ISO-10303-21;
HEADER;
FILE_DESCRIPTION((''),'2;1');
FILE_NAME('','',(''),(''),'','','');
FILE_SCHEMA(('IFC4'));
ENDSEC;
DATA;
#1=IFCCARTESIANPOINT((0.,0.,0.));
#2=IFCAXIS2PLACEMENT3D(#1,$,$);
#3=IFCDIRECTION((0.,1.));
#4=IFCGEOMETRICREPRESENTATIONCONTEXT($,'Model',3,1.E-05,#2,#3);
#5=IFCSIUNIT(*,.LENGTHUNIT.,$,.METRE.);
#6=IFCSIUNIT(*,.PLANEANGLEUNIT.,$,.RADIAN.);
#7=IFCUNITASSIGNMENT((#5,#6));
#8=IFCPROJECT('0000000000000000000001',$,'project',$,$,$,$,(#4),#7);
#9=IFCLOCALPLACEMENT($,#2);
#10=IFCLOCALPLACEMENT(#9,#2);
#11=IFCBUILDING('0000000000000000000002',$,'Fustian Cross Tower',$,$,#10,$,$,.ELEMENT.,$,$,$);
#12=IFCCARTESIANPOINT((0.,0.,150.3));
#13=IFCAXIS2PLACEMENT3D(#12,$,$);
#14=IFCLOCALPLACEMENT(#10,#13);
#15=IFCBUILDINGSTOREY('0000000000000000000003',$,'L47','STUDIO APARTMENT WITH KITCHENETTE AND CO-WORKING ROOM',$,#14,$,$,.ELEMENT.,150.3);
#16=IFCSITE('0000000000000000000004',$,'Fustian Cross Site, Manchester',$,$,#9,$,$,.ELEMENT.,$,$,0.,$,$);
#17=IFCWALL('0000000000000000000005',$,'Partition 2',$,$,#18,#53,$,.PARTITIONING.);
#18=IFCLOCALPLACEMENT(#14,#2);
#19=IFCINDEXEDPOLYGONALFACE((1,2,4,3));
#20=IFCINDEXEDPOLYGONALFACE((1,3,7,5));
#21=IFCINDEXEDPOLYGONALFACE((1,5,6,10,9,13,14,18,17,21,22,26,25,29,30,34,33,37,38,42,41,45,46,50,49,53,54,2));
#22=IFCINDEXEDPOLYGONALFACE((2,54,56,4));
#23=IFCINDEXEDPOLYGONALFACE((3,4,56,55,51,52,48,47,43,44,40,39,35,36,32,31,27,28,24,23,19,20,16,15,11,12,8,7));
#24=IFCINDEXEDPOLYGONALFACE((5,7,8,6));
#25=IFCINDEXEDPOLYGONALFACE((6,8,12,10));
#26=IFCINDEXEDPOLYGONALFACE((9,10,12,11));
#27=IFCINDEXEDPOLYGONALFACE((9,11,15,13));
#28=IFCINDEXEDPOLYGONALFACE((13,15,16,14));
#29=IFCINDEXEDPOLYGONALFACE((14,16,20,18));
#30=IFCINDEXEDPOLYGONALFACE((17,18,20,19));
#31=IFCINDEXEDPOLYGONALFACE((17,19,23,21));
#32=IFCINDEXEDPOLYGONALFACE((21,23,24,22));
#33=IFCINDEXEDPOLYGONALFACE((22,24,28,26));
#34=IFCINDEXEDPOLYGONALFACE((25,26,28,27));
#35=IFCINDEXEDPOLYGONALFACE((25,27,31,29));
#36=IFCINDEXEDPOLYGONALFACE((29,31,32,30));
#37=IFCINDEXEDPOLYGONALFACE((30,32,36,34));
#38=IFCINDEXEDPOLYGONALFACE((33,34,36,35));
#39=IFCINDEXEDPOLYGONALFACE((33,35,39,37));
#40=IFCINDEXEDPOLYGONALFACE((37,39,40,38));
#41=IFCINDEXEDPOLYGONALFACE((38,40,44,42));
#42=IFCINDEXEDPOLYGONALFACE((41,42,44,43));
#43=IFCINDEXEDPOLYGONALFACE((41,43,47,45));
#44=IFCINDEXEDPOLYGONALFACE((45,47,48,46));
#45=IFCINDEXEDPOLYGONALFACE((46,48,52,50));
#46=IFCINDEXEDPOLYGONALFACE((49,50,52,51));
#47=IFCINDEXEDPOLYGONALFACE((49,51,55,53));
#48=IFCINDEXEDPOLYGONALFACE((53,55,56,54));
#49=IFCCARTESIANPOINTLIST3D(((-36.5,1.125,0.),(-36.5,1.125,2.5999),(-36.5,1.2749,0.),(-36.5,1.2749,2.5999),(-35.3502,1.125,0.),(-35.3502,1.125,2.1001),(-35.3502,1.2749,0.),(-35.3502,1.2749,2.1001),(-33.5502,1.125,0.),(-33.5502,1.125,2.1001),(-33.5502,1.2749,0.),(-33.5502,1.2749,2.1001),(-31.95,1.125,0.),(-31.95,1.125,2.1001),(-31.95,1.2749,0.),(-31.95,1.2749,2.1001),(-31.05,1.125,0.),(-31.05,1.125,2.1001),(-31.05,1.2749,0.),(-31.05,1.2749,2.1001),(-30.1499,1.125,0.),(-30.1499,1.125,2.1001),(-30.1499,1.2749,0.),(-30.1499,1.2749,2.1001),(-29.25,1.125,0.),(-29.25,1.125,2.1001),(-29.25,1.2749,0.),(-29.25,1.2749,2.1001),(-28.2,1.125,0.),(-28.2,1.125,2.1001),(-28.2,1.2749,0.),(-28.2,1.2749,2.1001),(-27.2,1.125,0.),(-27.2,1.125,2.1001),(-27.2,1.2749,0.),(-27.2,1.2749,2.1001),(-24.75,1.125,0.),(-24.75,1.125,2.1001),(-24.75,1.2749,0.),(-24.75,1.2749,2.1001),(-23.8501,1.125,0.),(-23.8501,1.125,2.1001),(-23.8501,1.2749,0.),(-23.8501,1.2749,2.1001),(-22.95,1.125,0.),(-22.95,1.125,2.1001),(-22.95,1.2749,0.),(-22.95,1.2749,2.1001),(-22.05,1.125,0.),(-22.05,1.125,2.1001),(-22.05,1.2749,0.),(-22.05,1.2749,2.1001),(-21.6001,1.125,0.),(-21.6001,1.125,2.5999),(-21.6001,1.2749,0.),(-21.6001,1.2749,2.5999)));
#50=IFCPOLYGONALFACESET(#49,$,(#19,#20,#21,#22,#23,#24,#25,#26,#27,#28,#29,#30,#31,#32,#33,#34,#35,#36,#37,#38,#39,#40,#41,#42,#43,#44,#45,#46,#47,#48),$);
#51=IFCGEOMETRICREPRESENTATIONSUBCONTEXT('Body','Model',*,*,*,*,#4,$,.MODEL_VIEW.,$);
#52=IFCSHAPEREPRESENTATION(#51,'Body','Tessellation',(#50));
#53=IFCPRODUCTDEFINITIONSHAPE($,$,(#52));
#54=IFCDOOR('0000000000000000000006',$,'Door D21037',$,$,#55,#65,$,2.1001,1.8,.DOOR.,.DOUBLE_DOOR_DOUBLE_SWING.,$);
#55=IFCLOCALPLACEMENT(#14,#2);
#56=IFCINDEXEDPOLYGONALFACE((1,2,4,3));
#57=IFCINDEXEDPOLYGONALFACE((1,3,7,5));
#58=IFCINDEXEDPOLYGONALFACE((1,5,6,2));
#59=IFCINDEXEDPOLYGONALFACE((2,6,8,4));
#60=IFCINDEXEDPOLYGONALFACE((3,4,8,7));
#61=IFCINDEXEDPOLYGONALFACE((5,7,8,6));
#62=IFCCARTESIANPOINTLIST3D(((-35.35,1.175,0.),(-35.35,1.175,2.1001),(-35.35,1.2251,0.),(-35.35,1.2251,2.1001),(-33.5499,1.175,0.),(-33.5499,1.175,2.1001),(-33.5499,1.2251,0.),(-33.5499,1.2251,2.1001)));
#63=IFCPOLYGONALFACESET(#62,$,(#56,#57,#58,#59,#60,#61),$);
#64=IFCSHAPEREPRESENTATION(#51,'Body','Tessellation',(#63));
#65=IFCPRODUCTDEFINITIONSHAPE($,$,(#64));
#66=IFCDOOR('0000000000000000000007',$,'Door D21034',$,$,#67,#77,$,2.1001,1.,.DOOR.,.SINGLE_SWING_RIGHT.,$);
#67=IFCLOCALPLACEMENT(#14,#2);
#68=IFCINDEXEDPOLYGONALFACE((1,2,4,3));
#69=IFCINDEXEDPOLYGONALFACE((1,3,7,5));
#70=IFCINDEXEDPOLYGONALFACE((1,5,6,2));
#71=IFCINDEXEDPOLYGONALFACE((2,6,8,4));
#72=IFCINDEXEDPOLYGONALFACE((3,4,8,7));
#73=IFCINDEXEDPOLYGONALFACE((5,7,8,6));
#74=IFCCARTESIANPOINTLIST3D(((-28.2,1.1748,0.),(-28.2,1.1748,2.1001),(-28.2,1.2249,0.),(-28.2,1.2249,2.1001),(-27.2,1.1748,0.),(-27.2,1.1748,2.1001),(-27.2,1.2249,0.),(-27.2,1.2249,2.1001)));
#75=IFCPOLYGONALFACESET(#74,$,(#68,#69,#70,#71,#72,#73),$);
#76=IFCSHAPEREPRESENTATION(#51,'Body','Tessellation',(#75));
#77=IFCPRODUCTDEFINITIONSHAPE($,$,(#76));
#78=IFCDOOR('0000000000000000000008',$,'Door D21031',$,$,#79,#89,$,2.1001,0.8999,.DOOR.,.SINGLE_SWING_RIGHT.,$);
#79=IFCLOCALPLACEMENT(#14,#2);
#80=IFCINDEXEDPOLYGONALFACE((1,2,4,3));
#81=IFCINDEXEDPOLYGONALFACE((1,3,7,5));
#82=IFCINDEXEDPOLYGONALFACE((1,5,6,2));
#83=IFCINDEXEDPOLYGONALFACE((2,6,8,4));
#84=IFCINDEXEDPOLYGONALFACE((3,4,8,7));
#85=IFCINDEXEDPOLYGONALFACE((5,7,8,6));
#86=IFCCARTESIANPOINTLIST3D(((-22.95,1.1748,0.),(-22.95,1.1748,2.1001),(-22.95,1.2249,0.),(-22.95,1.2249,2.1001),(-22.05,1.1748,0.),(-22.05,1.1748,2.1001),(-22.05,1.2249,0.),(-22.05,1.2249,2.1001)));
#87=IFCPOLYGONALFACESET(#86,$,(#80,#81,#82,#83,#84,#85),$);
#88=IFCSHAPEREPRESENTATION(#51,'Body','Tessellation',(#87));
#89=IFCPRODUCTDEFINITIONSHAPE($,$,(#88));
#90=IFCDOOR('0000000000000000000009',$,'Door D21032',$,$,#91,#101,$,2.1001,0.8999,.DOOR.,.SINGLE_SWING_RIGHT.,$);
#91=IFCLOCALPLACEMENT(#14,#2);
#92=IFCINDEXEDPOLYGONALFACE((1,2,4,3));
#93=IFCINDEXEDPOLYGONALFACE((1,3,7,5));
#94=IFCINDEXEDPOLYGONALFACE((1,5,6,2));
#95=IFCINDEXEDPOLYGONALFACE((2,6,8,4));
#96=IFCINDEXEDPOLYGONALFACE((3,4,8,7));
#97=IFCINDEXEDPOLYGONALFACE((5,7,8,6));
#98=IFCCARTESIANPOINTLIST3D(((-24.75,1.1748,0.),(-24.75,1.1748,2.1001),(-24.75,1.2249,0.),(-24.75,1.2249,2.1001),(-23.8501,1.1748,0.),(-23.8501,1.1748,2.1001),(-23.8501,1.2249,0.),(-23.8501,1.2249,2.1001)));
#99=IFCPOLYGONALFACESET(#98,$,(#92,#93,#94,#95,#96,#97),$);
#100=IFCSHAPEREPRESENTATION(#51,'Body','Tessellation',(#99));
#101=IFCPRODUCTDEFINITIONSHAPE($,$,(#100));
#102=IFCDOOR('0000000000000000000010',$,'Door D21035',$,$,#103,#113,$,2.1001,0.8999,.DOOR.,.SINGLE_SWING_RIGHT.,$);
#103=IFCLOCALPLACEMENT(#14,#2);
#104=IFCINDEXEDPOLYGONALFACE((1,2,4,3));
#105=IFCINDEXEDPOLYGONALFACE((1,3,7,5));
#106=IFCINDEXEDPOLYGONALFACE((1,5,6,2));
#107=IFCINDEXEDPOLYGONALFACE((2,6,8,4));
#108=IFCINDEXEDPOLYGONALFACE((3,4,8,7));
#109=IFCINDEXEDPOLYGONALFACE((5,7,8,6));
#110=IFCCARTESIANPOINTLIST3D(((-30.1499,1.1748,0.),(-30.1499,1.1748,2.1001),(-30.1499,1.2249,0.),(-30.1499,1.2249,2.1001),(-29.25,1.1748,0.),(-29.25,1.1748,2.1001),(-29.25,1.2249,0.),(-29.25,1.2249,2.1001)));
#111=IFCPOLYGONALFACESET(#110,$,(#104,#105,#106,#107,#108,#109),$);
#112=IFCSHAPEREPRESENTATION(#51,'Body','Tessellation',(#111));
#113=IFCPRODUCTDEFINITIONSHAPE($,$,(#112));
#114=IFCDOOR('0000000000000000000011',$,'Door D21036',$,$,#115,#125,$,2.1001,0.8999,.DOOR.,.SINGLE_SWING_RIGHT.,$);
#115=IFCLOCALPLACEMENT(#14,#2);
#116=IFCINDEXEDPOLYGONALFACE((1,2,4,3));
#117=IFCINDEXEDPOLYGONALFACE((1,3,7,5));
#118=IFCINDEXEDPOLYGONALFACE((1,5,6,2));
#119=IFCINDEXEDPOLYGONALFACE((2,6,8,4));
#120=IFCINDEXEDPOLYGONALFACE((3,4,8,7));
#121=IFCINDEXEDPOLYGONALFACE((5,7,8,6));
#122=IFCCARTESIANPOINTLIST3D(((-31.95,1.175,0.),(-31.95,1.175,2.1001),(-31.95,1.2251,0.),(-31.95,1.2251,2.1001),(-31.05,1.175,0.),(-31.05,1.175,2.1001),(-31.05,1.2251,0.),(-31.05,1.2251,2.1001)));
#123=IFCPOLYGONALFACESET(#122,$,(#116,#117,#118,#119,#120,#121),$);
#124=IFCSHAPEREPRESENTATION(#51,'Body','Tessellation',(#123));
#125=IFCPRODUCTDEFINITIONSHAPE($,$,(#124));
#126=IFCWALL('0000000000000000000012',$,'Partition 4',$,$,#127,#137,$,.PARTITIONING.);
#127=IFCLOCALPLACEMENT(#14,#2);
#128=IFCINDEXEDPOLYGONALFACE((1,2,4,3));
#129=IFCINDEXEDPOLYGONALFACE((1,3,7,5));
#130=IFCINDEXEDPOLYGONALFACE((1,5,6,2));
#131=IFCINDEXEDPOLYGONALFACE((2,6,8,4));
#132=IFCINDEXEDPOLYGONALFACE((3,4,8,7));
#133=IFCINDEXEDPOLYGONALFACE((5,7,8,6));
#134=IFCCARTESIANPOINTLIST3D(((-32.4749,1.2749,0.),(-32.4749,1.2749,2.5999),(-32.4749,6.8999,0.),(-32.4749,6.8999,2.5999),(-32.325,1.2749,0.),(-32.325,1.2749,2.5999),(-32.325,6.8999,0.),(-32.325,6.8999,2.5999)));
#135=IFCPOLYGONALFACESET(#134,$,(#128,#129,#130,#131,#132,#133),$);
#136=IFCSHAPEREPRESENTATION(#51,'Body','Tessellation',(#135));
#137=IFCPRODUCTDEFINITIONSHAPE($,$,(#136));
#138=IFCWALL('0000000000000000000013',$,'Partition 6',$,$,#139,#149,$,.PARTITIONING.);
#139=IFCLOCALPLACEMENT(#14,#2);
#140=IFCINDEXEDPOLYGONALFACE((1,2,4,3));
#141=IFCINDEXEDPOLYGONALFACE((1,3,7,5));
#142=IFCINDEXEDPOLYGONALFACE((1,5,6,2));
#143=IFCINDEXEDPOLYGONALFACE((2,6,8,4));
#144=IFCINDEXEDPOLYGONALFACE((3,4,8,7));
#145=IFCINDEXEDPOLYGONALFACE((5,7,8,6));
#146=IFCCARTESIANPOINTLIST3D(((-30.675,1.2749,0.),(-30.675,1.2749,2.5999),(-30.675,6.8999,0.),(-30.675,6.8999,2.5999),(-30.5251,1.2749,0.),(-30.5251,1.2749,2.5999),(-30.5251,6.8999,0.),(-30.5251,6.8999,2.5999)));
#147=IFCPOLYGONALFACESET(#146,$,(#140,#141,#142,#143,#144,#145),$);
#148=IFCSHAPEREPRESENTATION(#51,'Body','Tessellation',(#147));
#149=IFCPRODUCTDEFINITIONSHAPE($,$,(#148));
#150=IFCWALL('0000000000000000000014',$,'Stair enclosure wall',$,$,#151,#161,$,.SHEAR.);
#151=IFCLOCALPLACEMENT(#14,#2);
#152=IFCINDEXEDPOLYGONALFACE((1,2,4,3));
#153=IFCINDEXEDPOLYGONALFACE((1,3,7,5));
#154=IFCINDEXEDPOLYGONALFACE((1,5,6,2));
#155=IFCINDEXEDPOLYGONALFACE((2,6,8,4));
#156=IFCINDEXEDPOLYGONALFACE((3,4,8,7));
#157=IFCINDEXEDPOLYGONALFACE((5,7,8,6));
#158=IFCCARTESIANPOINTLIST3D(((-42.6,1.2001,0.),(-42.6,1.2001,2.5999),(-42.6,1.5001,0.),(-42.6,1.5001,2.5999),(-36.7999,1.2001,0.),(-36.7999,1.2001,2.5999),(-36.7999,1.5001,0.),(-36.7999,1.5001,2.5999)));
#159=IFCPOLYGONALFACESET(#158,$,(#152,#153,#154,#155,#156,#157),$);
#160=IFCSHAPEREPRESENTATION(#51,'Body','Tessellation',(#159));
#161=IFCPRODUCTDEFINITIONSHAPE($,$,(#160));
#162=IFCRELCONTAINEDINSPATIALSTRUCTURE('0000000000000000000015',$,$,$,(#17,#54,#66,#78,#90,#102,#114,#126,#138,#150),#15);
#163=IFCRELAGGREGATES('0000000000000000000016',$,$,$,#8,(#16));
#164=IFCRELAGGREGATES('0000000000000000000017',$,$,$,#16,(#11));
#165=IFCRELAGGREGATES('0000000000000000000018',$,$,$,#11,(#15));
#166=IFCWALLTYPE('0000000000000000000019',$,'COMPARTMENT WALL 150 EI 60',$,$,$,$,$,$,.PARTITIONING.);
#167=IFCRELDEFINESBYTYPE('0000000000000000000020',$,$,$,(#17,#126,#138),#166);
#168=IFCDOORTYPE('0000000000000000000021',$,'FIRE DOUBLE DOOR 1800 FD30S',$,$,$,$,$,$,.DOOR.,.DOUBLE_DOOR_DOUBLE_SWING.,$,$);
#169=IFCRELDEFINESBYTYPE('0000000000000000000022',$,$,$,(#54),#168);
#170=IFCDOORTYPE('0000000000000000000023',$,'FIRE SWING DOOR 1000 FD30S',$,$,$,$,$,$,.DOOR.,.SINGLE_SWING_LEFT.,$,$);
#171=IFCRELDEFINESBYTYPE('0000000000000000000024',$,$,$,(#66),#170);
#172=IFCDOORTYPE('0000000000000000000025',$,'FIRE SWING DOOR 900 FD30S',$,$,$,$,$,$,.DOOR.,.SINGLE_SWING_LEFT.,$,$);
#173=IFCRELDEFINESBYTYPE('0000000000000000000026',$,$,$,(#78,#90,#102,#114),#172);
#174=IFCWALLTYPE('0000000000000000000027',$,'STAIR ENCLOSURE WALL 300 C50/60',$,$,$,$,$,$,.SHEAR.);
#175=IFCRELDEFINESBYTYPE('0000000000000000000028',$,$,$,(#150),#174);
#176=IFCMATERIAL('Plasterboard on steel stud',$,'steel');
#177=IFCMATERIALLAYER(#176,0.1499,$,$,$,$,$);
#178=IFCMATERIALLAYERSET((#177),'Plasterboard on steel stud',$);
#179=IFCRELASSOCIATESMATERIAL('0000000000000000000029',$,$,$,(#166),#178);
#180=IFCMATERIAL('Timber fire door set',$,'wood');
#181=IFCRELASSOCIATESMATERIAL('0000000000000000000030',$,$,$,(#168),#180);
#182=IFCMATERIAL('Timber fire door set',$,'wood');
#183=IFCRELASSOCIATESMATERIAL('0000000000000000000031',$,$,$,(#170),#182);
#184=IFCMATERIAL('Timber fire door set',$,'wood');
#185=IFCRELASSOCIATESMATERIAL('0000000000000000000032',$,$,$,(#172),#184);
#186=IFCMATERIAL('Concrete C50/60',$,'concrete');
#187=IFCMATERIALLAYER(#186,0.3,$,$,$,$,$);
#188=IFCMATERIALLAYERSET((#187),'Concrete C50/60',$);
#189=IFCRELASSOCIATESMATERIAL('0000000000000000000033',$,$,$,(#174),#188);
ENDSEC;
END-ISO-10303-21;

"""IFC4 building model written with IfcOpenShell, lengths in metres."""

from ifc_helpers import new_model, si_unit, direction, frame, frame_2d, origin, place, context, subcontext, project, spatial, rectangle, extrude, material, layer, layer_set, type_object, element, fill, save


model = new_model("IFC4")

# Units and contexts
model_context = context("Model", 3, precision=1e-05, world=origin(), true_north=direction((0.0, 1.0)))
body_context = subcontext(model_context, "Body", "Model", "MODEL_VIEW")
ifc_project = project(units=[si_unit("LENGTHUNIT", "METRE"), si_unit("PLANEANGLEUNIT", "RADIAN")], contexts=[model_context])

# Site, building, storey
site_placement = place(None, origin())
site = spatial("IfcSite", under=ifc_project, at=site_placement, Name="Fustian Cross Site, Manchester", CompositionType="ELEMENT", RefElevation=0.0)
building_placement = place(site_placement, origin())
building = spatial("IfcBuilding", under=site, at=building_placement, Name="Fustian Cross Tower", CompositionType="ELEMENT")
storey_placement = place(building_placement, frame((0.0, 0.0, 150.3)))
storey = spatial("IfcBuildingStorey", under=building, at=storey_placement, Name="L47", Description="STUDIO APARTMENT WITH KITCHENETTE AND CO-WORKING ROOM", CompositionType="ELEMENT", Elevation=150.3)

# Wall, openings, doors
ifc_material_1 = material(Name="Plasterboard on steel stud", Category="steel")
ifc_layer_1 = layer(ifc_material_1, 0.1499)
ifc_layer_set_1 = layer_set([ifc_layer_1], Name="Plasterboard on steel stud")
wall_type_1 = type_object("IfcWallType", Name="COMPARTMENT WALL 150 EI 60", PredefinedType="PARTITIONING", material=ifc_layer_set_1)
ifc_material_2 = material(Name="Timber fire door set", Category="wood")
door_type_1 = type_object("IfcDoorType", Name="FIRE DOUBLE DOOR 1800 FD30S", OperationType="DOUBLE_DOOR_DOUBLE_SWING", PredefinedType="DOOR", material=ifc_material_2)
ifc_material_3 = material(Name="Timber fire door set", Category="wood")
door_type_2 = type_object("IfcDoorType", Name="FIRE SWING DOOR 1000 FD30S", OperationType="SINGLE_SWING_LEFT", PredefinedType="DOOR", material=ifc_material_3)
ifc_material_4 = material(Name="Timber fire door set", Category="wood")
door_type_3 = type_object("IfcDoorType", Name="FIRE SWING DOOR 900 FD30S", OperationType="SINGLE_SWING_LEFT", PredefinedType="DOOR", material=ifc_material_4)
wall_1_placement = place(storey_placement, frame((-36.5, 1.2, 0.0), z_axis=(0.0, 0.0, 1.0), x_axis=(1.0, 0.0, 0.0)))
wall_1 = element("IfcWall", 1, at=wall_1_placement, inside=storey, type_object=wall_type_1, Name="Partition 2", PredefinedType="PARTITIONING", context=body_context, shape_type="SweptSolid", body=[
    extrude(rectangle(XDim=14.8999, YDim=0.1499, at=frame_2d((7.45, 0.0))), origin(), (0.0, 0.0, 1.0), 2.5999),
])
opening_1_placement = place(wall_1_placement, frame((13.55, 0.0, 0.0)))
opening_1 = element("IfcOpeningElement", 2, at=opening_1_placement, cuts=wall_1, PredefinedType="OPENING", context=body_context, shape_type="SweptSolid", body=[
    extrude(rectangle(XDim=0.8999, YDim=2.1001, at=frame_2d((0.45, 1.05))), frame((0.0, 0.085, 0.0), z_axis=(0.0, -1.0, 0.0), x_axis=(1.0, 0.0, 0.0)), (0.0, 0.0, 1.0), 0.1699),
])
opening_2_placement = place(wall_1_placement, frame((11.75, 0.0, 0.0)))
opening_2 = element("IfcOpeningElement", 3, at=opening_2_placement, cuts=wall_1, PredefinedType="OPENING", context=body_context, shape_type="SweptSolid", body=[
    extrude(rectangle(XDim=0.8999, YDim=2.1001, at=frame_2d((0.45, 1.05))), frame((0.0, 0.085, 0.0), z_axis=(0.0, -1.0, 0.0), x_axis=(1.0, 0.0, 0.0)), (0.0, 0.0, 1.0), 0.1699),
])
opening_3_placement = place(wall_1_placement, frame((8.3, 0.0, 0.0)))
opening_3 = element("IfcOpeningElement", 4, at=opening_3_placement, cuts=wall_1, PredefinedType="OPENING", context=body_context, shape_type="SweptSolid", body=[
    extrude(rectangle(XDim=1.0, YDim=2.1001, at=frame_2d((0.5, 1.05))), frame((0.0, 0.085, 0.0), z_axis=(0.0, -1.0, 0.0), x_axis=(1.0, 0.0, 0.0)), (0.0, 0.0, 1.0), 0.1699),
])
opening_4_placement = place(wall_1_placement, frame((6.3501, 0.0, 0.0)))
opening_4 = element("IfcOpeningElement", 5, at=opening_4_placement, cuts=wall_1, PredefinedType="OPENING", context=body_context, shape_type="SweptSolid", body=[
    extrude(rectangle(XDim=0.8999, YDim=2.1001, at=frame_2d((0.45, 1.05))), frame((0.0, 0.085, 0.0), z_axis=(0.0, -1.0, 0.0), x_axis=(1.0, 0.0, 0.0)), (0.0, 0.0, 1.0), 0.1699),
])
opening_5_placement = place(wall_1_placement, frame((4.55, 0.0, 0.0)))
opening_5 = element("IfcOpeningElement", 6, at=opening_5_placement, cuts=wall_1, PredefinedType="OPENING", context=body_context, shape_type="SweptSolid", body=[
    extrude(rectangle(XDim=0.8999, YDim=2.1001, at=frame_2d((0.45, 1.05))), frame((0.0, 0.085, 0.0), z_axis=(0.0, -1.0, 0.0), x_axis=(1.0, 0.0, 0.0)), (0.0, 0.0, 1.0), 0.1699),
])
opening_6_placement = place(wall_1_placement, frame((1.1499, 0.0, 0.0)))
opening_6 = element("IfcOpeningElement", 7, at=opening_6_placement, cuts=wall_1, PredefinedType="OPENING", context=body_context, shape_type="SweptSolid", body=[
    extrude(rectangle(XDim=1.8, YDim=2.1001, at=frame_2d((0.8999, 1.05))), frame((0.0, 0.085, 0.0), z_axis=(0.0, -1.0, 0.0), x_axis=(1.0, 0.0, 0.0)), (0.0, 0.0, 1.0), 0.1699),
])
door_1_placement = place(opening_6_placement, frame((1.8, 0.0, 0.0), z_axis=(0.0, 0.0, 1.0), x_axis=(-1.0, 0.0, 0.0)))
door_1 = element("IfcDoor", 8, at=door_1_placement, inside=storey, type_object=door_type_1, Name="Door D21037", OperationType="DOUBLE_DOOR_DOUBLE_SWING", OverallHeight=2.1001, OverallWidth=1.8, PredefinedType="DOOR", context=body_context, shape_type="SweptSolid", body=[
    extrude(rectangle(XDim=1.8, YDim=2.1001, at=frame_2d((0.8999, 1.05))), frame((0.0, 0.0249, 0.0), z_axis=(0.0, -1.0, 0.0), x_axis=(1.0, 0.0, 0.0)), (0.0, 0.0, 1.0), 0.05),
])
fill(opening_6, door_1)
door_2_placement = place(opening_3_placement, origin())
door_2 = element("IfcDoor", 9, at=door_2_placement, inside=storey, type_object=door_type_2, Name="Door D21034", OperationType="SINGLE_SWING_RIGHT", OverallHeight=2.1001, OverallWidth=1.0, PredefinedType="DOOR", context=body_context, shape_type="SweptSolid", body=[
    extrude(rectangle(XDim=1.0, YDim=2.1001, at=frame_2d((0.5, 1.05))), frame((0.0, 0.0249, 0.0), z_axis=(0.0, -1.0, 0.0), x_axis=(1.0, 0.0, 0.0)), (0.0, 0.0, 1.0), 0.05),
])
fill(opening_3, door_2)
door_3_placement = place(opening_1_placement, origin())
door_3 = element("IfcDoor", 10, at=door_3_placement, inside=storey, type_object=door_type_3, Name="Door D21031", OperationType="SINGLE_SWING_RIGHT", OverallHeight=2.1001, OverallWidth=0.8999, PredefinedType="DOOR", context=body_context, shape_type="SweptSolid", body=[
    extrude(rectangle(XDim=0.8999, YDim=2.1001, at=frame_2d((0.45, 1.05))), frame((0.0, 0.0249, 0.0), z_axis=(0.0, -1.0, 0.0), x_axis=(1.0, 0.0, 0.0)), (0.0, 0.0, 1.0), 0.05),
])
fill(opening_1, door_3)
door_4_placement = place(opening_2_placement, origin())
door_4 = element("IfcDoor", 11, at=door_4_placement, inside=storey, type_object=door_type_3, Name="Door D21032", OperationType="SINGLE_SWING_RIGHT", OverallHeight=2.1001, OverallWidth=0.8999, PredefinedType="DOOR", context=body_context, shape_type="SweptSolid", body=[
    extrude(rectangle(XDim=0.8999, YDim=2.1001, at=frame_2d((0.45, 1.05))), frame((0.0, 0.0249, 0.0), z_axis=(0.0, -1.0, 0.0), x_axis=(1.0, 0.0, 0.0)), (0.0, 0.0, 1.0), 0.05),
])
fill(opening_2, door_4)
door_5_placement = place(opening_4_placement, origin())
door_5 = element("IfcDoor", 12, at=door_5_placement, inside=storey, type_object=door_type_3, Name="Door D21035", OperationType="SINGLE_SWING_RIGHT", OverallHeight=2.1001, OverallWidth=0.8999, PredefinedType="DOOR", context=body_context, shape_type="SweptSolid", body=[
    extrude(rectangle(XDim=0.8999, YDim=2.1001, at=frame_2d((0.45, 1.05))), frame((0.0, 0.0249, 0.0), z_axis=(0.0, -1.0, 0.0), x_axis=(1.0, 0.0, 0.0)), (0.0, 0.0, 1.0), 0.05),
])
fill(opening_4, door_5)
door_6_placement = place(opening_5_placement, frame((0.8999, 0.0, 0.0), z_axis=(0.0, 0.0, 1.0), x_axis=(-1.0, 0.0, 0.0)))
door_6 = element("IfcDoor", 13, at=door_6_placement, inside=storey, type_object=door_type_3, Name="Door D21036", OperationType="SINGLE_SWING_RIGHT", OverallHeight=2.1001, OverallWidth=0.8999, PredefinedType="DOOR", context=body_context, shape_type="SweptSolid", body=[
    extrude(rectangle(XDim=0.8999, YDim=2.1001, at=frame_2d((0.45, 1.05))), frame((0.0, 0.0249, 0.0), z_axis=(0.0, -1.0, 0.0), x_axis=(1.0, 0.0, 0.0)), (0.0, 0.0, 1.0), 0.05),
])
fill(opening_5, door_6)

# Walls
for number, where, z_axis, x_axis, name in (
    (14, (-32.3999, 1.2749, 0.0), (0.0, 0.0, 1.0), (0.0, 1.0, 0.0), "Partition 4"),
    (15, (-30.6001, 1.2749, 0.0), (0.0, 0.0, 1.0), (0.0, 1.0, 0.0), "Partition 6"),
):
    element("IfcWall", number, at=place(storey_placement, frame(where, z_axis=z_axis, x_axis=x_axis)), inside=storey, type_object=wall_type_1, Name=name, PredefinedType="PARTITIONING", context=body_context, shape_type="SweptSolid", body=[
        extrude(rectangle(XDim=5.625, YDim=0.1499, at=frame_2d((2.8125, 0.0))), origin(), (0.0, 0.0, 1.0), 2.5999),
    ])
ifc_material_5 = material(Name="Concrete C50/60", Category="concrete")
ifc_layer_2 = layer(ifc_material_5, 0.3)
ifc_layer_set_2 = layer_set([ifc_layer_2], Name="Concrete C50/60")
wall_type_2 = type_object("IfcWallType", Name="STAIR ENCLOSURE WALL 300 C50/60", PredefinedType="SHEAR", material=ifc_layer_set_2)
wall_2_placement = place(storey_placement, frame((-36.8, 1.3501, 0.0), z_axis=(0.0, 0.0, 1.0), x_axis=(-1.0, 0.0, 0.0)))
element("IfcWall", 16, at=wall_2_placement, inside=storey, type_object=wall_type_2, Name="Stair enclosure wall", PredefinedType="SHEAR", context=body_context, shape_type="SweptSolid", body=[
    extrude(rectangle(XDim=5.8, YDim=0.3, at=frame_2d((2.8999, 0.0))), origin(), (0.0, 0.0, 1.0), 2.5999),
])

save(model, "model.ifc")
